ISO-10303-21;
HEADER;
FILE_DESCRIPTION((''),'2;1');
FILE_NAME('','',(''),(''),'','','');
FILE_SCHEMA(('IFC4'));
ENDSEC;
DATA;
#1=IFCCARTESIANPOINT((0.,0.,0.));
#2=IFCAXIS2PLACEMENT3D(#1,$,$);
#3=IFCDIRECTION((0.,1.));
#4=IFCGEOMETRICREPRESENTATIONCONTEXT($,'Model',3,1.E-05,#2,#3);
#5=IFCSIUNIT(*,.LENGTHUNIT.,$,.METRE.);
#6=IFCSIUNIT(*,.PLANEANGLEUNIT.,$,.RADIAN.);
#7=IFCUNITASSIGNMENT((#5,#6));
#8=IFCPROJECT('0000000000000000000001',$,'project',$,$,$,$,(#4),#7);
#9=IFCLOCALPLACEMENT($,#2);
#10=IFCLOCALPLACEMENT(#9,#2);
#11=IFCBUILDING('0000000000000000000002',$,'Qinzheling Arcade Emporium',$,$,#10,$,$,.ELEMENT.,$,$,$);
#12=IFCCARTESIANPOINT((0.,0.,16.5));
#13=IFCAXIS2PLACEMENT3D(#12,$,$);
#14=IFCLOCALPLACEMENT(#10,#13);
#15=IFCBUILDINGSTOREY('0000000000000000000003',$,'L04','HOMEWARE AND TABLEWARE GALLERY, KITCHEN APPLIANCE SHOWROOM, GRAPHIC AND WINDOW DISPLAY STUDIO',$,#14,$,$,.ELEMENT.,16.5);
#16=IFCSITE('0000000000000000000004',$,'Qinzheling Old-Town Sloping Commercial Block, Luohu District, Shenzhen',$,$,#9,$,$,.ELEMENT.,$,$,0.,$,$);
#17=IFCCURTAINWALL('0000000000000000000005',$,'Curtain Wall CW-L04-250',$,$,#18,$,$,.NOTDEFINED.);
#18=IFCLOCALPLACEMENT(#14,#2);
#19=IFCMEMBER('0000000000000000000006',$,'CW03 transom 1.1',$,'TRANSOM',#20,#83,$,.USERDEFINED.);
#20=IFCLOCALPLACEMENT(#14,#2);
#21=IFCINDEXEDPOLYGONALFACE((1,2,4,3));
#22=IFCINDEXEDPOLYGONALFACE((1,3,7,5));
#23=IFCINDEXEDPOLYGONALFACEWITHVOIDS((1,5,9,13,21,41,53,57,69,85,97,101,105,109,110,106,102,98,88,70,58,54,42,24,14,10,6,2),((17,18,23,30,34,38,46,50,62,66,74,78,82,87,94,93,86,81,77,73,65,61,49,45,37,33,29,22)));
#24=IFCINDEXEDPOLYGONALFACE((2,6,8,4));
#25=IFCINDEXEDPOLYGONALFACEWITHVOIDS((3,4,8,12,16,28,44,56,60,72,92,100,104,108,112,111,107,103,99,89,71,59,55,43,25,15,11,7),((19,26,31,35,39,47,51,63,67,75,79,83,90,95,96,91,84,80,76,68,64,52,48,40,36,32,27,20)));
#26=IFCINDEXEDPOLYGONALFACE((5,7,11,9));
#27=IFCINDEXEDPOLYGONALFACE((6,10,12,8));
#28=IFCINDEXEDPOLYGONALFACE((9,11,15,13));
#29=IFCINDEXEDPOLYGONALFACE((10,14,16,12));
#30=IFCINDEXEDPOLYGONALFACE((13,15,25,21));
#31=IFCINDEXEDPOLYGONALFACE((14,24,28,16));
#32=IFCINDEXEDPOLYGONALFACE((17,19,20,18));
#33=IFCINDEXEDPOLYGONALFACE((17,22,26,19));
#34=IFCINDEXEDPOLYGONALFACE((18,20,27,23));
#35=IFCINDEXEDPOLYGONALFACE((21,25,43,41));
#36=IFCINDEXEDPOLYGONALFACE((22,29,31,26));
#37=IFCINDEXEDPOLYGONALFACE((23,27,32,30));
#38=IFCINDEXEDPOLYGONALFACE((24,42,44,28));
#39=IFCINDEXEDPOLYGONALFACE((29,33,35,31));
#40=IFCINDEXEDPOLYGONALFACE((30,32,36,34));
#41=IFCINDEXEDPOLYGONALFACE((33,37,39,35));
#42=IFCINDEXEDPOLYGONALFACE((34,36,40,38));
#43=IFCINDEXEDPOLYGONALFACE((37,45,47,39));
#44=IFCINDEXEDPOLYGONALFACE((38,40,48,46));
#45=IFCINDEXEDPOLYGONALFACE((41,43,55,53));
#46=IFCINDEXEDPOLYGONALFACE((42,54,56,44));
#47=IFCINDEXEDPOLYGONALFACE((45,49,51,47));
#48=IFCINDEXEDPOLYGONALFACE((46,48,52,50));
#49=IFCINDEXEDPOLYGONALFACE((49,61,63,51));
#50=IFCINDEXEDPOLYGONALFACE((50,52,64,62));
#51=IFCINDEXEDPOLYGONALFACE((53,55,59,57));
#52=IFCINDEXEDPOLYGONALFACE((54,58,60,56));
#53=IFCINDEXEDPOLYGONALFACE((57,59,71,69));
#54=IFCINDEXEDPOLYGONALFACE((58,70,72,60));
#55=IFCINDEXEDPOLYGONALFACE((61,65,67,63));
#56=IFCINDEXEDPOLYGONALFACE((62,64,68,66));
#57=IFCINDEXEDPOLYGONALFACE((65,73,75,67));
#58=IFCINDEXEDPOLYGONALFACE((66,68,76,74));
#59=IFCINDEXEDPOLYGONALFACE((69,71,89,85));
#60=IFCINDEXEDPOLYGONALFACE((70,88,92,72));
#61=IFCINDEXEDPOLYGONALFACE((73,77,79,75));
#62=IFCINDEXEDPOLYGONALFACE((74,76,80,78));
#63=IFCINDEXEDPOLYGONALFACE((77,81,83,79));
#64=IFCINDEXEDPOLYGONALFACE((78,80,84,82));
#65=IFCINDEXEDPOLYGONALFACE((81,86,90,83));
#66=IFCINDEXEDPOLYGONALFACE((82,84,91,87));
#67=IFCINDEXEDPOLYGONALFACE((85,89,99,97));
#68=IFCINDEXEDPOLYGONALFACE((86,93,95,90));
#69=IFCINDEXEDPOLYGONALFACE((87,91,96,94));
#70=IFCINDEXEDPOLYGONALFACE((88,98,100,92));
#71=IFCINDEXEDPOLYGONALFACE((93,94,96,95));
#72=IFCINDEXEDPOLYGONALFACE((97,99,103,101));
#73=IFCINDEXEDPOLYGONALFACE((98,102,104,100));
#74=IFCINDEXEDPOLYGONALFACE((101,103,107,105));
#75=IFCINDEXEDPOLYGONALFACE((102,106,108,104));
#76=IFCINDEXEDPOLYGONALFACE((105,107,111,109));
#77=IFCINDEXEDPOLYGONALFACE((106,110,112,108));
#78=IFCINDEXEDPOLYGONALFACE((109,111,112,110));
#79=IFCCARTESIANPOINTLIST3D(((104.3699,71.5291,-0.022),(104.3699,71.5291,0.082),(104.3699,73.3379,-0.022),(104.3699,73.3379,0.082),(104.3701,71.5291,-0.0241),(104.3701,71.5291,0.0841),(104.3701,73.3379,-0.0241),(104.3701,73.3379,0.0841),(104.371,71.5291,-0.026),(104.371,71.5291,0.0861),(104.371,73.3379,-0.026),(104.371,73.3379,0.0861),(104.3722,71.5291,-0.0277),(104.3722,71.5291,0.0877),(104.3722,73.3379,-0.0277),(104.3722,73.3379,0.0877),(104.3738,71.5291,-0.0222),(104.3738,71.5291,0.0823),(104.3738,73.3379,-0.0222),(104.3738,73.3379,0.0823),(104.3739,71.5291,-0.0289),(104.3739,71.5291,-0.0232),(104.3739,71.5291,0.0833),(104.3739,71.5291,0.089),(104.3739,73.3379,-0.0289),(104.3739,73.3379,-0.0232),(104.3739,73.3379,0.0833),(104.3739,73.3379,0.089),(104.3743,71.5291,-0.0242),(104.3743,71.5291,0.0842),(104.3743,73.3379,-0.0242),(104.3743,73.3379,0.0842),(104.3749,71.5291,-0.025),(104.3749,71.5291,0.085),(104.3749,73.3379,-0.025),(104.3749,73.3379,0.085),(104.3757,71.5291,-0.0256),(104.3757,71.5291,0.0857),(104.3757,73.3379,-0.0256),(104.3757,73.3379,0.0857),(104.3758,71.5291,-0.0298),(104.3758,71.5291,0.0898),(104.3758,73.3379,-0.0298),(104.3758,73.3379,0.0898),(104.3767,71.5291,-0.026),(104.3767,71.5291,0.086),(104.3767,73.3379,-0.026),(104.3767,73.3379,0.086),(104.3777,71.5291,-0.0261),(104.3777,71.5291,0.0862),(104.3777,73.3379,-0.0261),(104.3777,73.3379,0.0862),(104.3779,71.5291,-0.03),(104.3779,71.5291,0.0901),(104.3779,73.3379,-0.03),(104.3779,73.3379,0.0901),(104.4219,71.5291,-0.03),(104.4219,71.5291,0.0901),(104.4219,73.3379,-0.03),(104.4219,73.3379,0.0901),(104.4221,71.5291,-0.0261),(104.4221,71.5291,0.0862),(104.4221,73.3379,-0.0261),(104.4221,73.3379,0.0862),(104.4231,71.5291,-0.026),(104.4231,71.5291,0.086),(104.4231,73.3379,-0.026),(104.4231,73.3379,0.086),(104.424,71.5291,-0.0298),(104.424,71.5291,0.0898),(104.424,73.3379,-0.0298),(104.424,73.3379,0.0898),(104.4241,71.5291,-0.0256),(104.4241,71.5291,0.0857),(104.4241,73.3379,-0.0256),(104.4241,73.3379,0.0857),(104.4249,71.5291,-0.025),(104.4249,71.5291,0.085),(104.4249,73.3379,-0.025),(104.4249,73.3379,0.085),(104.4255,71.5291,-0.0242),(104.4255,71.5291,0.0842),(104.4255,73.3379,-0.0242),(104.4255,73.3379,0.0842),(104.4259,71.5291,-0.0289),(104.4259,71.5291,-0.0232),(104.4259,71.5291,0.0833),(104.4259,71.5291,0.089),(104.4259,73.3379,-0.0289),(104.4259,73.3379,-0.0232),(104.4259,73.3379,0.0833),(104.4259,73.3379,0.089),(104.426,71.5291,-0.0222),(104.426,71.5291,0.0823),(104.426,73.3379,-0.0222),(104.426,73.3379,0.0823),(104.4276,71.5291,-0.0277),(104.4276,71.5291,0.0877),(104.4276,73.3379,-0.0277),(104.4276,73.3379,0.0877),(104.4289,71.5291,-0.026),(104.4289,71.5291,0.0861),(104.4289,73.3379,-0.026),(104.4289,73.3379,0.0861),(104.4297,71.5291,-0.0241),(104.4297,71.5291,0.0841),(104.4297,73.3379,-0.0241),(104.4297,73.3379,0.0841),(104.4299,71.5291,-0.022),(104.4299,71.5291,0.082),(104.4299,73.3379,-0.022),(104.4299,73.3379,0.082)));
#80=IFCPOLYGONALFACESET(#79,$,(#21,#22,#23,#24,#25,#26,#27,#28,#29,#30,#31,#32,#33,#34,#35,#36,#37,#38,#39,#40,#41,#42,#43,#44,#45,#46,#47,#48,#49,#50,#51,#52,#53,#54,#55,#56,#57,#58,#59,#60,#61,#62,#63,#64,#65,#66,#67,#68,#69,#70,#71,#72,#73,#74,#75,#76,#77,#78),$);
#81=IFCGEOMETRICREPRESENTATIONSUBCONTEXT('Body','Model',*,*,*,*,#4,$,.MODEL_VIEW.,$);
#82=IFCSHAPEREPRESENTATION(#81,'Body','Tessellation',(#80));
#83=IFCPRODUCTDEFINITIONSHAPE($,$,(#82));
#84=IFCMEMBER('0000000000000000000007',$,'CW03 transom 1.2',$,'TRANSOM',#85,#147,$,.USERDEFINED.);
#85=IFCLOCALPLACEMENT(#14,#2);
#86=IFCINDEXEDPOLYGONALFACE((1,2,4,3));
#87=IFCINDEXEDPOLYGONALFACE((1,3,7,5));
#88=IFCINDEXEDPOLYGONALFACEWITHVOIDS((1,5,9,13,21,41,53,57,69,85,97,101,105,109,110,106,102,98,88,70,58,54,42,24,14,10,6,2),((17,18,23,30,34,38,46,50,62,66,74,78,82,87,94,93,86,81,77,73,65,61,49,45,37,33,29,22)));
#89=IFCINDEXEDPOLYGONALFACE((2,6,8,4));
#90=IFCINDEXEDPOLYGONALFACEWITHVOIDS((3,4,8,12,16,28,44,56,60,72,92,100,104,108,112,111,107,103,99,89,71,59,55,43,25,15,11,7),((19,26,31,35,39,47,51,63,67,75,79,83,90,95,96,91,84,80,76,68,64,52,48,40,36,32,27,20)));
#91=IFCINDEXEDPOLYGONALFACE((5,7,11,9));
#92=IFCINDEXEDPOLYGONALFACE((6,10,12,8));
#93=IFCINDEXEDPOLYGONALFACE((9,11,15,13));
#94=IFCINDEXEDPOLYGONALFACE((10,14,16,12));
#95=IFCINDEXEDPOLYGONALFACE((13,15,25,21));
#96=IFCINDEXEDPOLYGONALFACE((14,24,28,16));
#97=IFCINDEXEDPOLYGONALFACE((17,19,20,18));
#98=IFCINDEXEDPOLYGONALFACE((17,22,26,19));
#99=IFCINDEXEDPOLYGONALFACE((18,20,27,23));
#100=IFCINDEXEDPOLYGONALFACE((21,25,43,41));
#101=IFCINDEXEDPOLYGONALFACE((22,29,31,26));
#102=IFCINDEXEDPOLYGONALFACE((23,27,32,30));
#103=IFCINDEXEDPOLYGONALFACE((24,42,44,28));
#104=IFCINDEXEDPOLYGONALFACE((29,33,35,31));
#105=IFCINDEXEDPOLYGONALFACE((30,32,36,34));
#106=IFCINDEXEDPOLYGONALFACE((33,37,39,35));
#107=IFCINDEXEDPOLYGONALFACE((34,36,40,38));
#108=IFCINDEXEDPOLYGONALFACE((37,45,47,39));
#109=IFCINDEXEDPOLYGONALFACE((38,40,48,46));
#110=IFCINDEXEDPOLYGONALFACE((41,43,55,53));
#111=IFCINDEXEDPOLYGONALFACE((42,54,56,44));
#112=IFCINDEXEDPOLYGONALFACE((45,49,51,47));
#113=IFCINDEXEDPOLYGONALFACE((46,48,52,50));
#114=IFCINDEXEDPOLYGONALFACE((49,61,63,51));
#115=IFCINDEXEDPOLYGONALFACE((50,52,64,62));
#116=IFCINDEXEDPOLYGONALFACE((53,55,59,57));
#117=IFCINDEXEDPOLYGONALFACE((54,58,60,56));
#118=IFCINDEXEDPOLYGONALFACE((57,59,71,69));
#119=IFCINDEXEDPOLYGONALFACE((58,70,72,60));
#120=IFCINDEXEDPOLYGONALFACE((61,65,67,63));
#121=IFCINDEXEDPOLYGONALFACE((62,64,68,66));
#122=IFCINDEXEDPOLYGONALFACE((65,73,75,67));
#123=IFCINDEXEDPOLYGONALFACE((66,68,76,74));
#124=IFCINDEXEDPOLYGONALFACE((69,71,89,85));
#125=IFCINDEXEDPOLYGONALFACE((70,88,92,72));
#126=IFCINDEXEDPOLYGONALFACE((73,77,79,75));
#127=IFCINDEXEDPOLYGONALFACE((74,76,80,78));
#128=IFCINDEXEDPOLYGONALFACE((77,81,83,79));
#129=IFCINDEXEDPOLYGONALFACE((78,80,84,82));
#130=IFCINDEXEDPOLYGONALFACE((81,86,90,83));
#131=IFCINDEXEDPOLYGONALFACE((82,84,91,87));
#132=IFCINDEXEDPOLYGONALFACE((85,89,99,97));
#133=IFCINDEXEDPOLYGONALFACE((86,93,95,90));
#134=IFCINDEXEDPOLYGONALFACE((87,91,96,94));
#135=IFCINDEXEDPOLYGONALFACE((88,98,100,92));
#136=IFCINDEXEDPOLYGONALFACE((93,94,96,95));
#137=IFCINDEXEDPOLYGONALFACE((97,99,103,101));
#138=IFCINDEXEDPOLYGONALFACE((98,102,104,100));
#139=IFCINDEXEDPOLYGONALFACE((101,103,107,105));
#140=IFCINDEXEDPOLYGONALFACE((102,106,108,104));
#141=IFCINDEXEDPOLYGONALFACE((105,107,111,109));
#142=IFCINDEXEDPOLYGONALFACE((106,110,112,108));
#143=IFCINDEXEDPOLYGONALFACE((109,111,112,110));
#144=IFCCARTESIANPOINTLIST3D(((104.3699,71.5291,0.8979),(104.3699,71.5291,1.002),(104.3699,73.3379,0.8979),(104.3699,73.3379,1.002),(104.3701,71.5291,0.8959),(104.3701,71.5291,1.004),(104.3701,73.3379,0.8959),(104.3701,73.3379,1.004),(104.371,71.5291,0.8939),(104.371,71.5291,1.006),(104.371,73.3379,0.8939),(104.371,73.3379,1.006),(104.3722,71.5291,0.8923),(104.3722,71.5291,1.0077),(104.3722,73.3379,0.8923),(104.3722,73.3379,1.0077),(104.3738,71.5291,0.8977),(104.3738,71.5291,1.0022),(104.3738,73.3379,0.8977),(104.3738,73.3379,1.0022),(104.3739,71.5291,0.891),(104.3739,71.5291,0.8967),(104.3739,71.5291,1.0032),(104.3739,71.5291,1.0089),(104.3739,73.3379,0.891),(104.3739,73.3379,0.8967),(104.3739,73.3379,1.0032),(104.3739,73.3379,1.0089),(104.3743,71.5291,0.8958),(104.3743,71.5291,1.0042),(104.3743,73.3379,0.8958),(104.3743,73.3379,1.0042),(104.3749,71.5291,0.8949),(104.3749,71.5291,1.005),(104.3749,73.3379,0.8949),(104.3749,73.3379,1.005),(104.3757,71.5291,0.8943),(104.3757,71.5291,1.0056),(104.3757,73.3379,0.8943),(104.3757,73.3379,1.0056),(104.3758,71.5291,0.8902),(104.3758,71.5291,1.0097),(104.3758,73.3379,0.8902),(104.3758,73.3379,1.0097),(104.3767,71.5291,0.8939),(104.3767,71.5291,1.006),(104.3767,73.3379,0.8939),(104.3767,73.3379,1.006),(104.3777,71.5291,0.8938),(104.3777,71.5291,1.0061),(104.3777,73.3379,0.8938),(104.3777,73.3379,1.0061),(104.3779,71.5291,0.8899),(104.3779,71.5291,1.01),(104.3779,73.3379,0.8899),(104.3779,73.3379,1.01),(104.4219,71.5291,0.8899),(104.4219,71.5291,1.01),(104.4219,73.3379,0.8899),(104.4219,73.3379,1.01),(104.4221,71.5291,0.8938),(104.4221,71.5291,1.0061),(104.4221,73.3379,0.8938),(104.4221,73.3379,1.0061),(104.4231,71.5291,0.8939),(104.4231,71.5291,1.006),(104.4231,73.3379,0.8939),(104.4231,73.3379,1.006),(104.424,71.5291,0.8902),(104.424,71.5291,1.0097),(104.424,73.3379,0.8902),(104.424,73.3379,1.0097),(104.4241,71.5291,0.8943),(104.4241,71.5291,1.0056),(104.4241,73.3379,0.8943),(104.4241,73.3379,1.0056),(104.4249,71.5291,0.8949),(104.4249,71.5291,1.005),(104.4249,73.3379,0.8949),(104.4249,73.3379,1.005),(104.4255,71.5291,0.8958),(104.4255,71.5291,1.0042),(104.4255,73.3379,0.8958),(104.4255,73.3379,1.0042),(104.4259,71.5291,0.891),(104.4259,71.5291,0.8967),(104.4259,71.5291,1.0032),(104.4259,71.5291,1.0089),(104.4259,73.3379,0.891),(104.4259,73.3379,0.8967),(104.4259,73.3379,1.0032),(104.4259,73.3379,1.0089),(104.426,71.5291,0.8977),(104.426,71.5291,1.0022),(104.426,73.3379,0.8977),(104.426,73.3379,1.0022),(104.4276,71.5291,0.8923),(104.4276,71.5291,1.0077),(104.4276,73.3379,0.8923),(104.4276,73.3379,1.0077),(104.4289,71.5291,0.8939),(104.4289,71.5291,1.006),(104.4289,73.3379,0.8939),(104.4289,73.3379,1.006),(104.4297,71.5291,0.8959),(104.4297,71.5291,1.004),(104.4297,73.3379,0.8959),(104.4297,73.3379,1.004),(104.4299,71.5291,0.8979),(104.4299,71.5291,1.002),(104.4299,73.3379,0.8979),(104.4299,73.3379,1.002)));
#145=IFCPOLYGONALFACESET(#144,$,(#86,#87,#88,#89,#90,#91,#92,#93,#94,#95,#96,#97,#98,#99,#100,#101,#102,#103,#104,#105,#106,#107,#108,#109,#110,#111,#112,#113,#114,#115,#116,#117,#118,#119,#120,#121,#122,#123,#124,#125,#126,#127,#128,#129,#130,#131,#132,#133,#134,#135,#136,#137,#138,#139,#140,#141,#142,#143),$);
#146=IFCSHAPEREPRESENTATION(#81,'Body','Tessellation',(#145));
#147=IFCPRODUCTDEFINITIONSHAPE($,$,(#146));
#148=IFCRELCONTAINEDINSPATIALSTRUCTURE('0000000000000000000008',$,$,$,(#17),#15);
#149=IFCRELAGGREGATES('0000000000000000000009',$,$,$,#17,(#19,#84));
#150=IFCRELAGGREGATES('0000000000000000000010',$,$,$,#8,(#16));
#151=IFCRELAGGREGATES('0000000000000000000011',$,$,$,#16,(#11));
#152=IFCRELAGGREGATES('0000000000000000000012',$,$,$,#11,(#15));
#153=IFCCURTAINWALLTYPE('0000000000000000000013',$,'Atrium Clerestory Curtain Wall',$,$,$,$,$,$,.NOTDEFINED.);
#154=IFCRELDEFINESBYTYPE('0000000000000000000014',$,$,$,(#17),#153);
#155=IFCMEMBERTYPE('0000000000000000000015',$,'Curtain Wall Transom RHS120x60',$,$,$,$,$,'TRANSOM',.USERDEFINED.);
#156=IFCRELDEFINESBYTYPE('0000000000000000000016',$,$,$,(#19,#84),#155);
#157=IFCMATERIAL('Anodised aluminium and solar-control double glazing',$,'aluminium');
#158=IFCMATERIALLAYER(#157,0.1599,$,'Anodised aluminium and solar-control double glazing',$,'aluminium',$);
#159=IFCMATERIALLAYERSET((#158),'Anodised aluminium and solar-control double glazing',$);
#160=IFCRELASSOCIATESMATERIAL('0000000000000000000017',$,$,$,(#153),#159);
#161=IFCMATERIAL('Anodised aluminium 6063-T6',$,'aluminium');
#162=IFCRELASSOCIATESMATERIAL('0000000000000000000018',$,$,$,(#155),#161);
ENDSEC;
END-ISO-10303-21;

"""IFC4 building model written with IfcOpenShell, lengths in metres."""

from ifc_helpers import new_model, si_unit, direction, frame, origin, origin_2d, place, context, subcontext, project, spatial, hollow_rectangle, extrude, material, layer, layer_set, material_profile, profile_set, type_object, element, aggregate, save


model = new_model("IFC4")

# Units and contexts
model_context = context("Model", 3, precision=1e-05, world=origin(), true_north=direction((0.0, 1.0)))
body_context = subcontext(model_context, "Body", "Model", "MODEL_VIEW")
ifc_project = project(units=[si_unit("LENGTHUNIT", "METRE"), si_unit("PLANEANGLEUNIT", "RADIAN")], contexts=[model_context])

# Site, building, storey
site_placement = place(None, origin())
site = spatial("IfcSite", under=ifc_project, at=site_placement, Name="Qinzheling Old-Town Sloping Commercial Block, Luohu District, Shenzhen", CompositionType="ELEMENT", RefElevation=0.0)
building_placement = place(site_placement, origin())
building = spatial("IfcBuilding", under=site, at=building_placement, Name="Qinzheling Arcade Emporium", CompositionType="ELEMENT")
storey_placement = place(building_placement, frame((0.0, 0.0, 16.5)))
storey = spatial("IfcBuildingStorey", under=building, at=storey_placement, Name="L04", Description="HOMEWARE AND TABLEWARE GALLERY, KITCHEN APPLIANCE SHOWROOM, GRAPHIC AND WINDOW DISPLAY STUDIO", CompositionType="ELEMENT", Elevation=16.5)

# Curtain wall, members
ifc_material_1 = material(Name="Anodised aluminium and solar-control double glazing", Category="aluminium")
ifc_layer_1 = layer(ifc_material_1, 0.1599, Name="Anodised aluminium and solar-control double glazing", Category="aluminium")
ifc_layer_set_1 = layer_set([ifc_layer_1], Name="Anodised aluminium and solar-control double glazing")
curtain_wall_type = type_object("IfcCurtainWallType", Name="Atrium Clerestory Curtain Wall", PredefinedType="NOTDEFINED", material=ifc_layer_set_1)
curtain_wall_placement = place(storey_placement, origin())
curtain_wall = element("IfcCurtainWall", 1, at=curtain_wall_placement, inside=storey, type_object=curtain_wall_type, Name="Curtain Wall CW-L04-250", PredefinedType="NOTDEFINED")
ifc_material_2 = material(Name="Anodised aluminium 6063-T6", Category="aluminium")
ifc_material_profile_1 = material_profile(ifc_material_2, hollow_rectangle(XDim=0.0601, YDim=0.1201, WallThickness=0.0039, InnerFilletRadius=0.0039, OuterFilletRadius=0.0081, at=origin_2d()), Name="RHS 120x60x4", Category="aluminium")
ifc_profile_set_1 = profile_set([ifc_material_profile_1], Name="Anodised aluminium 6063-T6")
member_type_1 = type_object("IfcMemberType", Name="Curtain Wall Transom RHS120x60", ElementType="TRANSOM", PredefinedType="USERDEFINED", material=ifc_profile_set_1)
member_1_placement = place(storey_placement, frame((104.3999, 73.3379, 0.03), z_axis=(0.0, -1.0, 0.0), x_axis=(1.0, 0.0, 0.0)))
member_1 = element("IfcMember", 2, at=member_1_placement, type_object=member_type_1, Name="CW03 transom 1.1", ObjectType="TRANSOM", PredefinedType="USERDEFINED", context=body_context, shape_type="SweptSolid", body=[
    extrude(hollow_rectangle(XDim=0.0601, YDim=0.1201, WallThickness=0.0039, InnerFilletRadius=0.0039, OuterFilletRadius=0.0081, at=origin_2d()), origin(), (0.0, 0.0, 1.0), 1.8088),
])
member_2_placement = place(storey_placement, frame((104.3999, 73.3379, 0.95), z_axis=(0.0, -1.0, 0.0), x_axis=(1.0, 0.0, 0.0)))
member_2 = element("IfcMember", 3, at=member_2_placement, type_object=member_type_1, Name="CW03 transom 1.2", ObjectType="TRANSOM", PredefinedType="USERDEFINED", context=body_context, shape_type="SweptSolid", body=[
    extrude(hollow_rectangle(XDim=0.0601, YDim=0.1201, WallThickness=0.0039, InnerFilletRadius=0.0039, OuterFilletRadius=0.0081, at=origin_2d()), origin(), (0.0, 0.0, 1.0), 1.8088),
])

aggregate(curtain_wall, [member_1, member_2])

save(model, "model.ifc")
